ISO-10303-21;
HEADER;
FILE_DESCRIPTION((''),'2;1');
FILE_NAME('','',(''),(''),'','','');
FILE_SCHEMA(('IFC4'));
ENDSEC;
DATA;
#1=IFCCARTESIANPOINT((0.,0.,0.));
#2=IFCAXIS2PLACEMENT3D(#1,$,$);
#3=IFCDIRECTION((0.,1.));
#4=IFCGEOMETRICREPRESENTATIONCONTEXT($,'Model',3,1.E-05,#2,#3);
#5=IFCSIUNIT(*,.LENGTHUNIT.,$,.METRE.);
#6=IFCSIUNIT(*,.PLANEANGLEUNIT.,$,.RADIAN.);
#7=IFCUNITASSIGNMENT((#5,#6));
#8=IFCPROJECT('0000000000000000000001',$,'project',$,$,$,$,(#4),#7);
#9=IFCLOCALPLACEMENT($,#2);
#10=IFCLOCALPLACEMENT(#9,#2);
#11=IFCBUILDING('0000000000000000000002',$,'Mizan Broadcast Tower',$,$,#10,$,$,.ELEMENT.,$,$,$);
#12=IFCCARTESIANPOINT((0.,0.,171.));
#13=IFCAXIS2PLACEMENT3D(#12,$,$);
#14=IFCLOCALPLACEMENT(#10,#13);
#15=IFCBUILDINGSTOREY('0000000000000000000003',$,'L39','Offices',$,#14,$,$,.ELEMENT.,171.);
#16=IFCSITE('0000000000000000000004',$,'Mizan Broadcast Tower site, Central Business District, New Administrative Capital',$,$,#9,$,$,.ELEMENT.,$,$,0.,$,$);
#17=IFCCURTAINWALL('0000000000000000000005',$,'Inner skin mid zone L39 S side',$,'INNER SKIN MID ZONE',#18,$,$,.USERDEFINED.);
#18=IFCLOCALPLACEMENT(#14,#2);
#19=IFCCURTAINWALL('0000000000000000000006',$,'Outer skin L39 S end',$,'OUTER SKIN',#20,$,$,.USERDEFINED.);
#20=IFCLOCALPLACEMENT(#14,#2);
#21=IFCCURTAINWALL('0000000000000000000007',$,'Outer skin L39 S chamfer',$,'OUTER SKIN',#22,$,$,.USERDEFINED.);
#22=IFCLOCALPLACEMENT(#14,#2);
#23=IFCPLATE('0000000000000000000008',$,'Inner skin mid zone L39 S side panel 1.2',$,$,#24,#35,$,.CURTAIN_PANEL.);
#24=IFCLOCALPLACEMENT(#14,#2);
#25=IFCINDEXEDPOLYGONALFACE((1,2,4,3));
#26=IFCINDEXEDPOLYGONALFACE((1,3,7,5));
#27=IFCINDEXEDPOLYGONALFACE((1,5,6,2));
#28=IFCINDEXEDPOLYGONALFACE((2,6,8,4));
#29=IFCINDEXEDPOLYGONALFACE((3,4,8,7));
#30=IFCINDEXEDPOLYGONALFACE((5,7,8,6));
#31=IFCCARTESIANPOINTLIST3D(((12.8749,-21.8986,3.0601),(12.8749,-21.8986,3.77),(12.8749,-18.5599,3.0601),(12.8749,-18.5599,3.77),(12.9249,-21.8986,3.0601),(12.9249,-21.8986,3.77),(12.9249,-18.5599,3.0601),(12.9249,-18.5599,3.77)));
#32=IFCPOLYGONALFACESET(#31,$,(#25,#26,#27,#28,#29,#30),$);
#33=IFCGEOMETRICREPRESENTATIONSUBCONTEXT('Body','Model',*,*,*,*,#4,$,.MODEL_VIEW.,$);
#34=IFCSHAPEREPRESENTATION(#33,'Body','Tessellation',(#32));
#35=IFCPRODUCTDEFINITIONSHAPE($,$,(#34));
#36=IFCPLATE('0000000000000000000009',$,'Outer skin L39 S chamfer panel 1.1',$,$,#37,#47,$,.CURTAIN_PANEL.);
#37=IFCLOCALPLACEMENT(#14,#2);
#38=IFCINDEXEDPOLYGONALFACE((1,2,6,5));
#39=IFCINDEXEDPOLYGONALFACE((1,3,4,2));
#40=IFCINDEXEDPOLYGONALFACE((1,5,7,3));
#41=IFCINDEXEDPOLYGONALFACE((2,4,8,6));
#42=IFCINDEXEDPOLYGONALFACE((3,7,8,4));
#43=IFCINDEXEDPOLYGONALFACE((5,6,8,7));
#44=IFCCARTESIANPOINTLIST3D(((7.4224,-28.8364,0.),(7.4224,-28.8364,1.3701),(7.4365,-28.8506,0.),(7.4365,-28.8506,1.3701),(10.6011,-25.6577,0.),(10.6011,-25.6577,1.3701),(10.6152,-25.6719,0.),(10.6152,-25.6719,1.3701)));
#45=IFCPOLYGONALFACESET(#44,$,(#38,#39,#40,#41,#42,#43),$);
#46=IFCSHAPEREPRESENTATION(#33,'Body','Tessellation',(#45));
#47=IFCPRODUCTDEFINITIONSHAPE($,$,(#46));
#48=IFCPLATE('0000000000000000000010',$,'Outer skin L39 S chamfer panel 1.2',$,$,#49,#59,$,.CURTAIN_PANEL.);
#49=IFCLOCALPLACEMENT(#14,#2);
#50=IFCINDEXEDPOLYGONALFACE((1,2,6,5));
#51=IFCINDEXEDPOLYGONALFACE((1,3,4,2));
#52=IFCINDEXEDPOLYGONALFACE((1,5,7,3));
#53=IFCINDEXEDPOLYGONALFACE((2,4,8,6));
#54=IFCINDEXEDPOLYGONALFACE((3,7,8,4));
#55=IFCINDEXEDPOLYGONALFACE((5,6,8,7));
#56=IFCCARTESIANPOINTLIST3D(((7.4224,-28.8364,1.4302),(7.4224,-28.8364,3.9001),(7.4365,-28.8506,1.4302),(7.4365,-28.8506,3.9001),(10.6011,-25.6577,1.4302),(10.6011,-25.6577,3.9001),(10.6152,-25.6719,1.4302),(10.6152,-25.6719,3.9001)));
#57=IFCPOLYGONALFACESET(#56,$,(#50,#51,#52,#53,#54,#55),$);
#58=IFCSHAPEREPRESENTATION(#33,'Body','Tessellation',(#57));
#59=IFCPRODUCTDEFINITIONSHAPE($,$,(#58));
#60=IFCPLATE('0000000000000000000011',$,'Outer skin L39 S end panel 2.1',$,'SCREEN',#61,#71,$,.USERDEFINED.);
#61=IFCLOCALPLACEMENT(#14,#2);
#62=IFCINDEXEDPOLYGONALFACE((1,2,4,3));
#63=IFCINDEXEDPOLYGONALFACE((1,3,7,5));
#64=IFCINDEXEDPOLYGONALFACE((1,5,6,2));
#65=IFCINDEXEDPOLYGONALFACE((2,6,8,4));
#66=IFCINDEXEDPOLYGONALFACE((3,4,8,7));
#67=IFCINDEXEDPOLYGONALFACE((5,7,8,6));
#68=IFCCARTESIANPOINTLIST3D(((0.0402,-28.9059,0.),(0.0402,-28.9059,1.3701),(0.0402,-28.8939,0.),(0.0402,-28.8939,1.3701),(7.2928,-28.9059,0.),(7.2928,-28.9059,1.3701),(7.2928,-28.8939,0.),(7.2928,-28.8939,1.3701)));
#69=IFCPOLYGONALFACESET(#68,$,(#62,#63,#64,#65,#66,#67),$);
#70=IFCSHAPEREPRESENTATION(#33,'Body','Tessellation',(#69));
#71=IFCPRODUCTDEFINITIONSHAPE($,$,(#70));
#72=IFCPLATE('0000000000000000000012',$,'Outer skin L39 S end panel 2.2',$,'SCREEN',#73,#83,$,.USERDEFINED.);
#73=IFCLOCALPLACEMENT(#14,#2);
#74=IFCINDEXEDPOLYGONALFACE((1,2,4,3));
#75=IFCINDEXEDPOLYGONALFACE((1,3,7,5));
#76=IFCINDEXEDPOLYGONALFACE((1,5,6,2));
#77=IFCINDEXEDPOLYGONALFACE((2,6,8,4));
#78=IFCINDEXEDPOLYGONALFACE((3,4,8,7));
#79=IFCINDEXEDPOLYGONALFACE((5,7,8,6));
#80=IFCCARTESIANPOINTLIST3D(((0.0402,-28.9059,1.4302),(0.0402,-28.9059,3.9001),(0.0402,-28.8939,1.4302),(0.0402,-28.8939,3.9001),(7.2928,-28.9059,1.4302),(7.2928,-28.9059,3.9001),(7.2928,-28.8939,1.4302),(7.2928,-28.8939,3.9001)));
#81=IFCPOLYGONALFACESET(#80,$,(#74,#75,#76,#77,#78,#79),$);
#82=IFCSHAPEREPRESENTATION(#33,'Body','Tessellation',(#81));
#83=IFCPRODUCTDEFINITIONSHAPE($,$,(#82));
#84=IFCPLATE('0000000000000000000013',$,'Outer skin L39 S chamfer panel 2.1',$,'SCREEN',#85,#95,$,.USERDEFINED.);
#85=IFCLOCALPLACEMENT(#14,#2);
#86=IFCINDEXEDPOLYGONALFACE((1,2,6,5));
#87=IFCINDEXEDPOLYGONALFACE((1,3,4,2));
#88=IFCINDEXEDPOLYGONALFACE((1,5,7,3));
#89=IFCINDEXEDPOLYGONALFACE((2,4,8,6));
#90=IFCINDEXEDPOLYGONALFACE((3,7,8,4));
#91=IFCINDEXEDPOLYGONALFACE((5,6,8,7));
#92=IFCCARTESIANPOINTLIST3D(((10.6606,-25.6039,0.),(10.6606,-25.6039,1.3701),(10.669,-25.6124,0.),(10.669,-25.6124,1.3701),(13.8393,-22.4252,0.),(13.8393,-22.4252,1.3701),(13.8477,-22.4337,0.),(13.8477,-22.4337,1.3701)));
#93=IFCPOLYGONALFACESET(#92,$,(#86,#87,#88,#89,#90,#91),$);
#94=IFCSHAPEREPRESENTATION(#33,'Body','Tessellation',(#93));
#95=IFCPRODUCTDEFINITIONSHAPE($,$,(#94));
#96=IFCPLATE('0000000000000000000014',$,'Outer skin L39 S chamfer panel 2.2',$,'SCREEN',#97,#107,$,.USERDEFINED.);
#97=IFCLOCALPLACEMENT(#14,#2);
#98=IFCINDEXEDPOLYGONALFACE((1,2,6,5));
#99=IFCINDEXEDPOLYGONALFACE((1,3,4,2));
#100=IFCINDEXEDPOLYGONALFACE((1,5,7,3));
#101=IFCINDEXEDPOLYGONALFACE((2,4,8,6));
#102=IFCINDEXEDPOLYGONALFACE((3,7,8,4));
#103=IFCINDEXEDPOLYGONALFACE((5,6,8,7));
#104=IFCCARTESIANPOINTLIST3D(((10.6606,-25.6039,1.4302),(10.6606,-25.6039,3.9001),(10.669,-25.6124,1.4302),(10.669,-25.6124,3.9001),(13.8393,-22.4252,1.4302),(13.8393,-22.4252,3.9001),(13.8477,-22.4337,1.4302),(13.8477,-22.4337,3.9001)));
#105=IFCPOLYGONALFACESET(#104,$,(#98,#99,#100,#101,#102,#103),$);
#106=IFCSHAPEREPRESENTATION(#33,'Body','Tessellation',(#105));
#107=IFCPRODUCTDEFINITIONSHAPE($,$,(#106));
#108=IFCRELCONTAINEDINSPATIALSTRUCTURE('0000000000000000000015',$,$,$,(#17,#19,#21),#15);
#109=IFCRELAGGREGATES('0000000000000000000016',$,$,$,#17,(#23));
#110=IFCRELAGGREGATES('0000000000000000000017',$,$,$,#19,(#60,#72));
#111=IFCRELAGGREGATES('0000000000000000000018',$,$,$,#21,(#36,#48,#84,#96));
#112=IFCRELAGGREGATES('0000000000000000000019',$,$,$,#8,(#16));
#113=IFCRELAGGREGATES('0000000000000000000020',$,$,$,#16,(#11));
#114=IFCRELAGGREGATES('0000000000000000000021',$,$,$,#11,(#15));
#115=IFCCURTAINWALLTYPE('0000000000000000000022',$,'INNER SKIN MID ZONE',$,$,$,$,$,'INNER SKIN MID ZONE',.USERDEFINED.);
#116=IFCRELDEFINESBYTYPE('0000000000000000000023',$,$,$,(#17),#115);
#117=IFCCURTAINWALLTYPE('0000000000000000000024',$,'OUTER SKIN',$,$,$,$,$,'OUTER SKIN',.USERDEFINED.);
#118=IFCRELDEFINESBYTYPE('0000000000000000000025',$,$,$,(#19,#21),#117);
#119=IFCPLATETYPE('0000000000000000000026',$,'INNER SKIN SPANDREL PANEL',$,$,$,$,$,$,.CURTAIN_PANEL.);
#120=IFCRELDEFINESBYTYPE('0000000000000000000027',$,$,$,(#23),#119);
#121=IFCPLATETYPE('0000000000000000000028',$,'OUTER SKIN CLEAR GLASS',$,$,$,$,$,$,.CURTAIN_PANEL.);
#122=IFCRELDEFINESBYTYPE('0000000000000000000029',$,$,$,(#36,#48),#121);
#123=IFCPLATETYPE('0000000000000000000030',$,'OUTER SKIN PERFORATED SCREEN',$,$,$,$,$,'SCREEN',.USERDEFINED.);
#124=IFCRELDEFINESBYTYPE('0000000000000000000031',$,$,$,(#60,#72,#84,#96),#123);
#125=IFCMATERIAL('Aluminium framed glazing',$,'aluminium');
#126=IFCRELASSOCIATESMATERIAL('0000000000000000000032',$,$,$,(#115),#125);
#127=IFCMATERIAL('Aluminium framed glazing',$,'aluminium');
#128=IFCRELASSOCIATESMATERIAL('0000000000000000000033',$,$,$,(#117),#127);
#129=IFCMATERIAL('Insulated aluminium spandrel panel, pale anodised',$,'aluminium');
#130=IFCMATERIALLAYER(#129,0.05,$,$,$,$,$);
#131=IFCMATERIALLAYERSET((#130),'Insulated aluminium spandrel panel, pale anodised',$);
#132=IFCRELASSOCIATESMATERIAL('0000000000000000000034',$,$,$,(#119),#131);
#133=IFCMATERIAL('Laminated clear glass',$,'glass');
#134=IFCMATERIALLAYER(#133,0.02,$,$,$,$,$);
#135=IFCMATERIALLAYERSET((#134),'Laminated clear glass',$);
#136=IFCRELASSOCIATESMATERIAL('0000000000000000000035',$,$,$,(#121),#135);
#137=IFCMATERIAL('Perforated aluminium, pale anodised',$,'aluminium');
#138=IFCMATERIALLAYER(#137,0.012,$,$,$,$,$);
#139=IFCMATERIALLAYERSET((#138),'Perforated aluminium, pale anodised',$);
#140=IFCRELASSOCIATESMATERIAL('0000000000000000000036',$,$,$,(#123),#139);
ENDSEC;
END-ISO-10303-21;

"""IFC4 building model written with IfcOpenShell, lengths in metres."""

from ifc_helpers import new_model, si_unit, direction, frame, origin, origin_2d, place, context, subcontext, project, spatial, rectangle, extrude, material, layer, layer_set, type_object, element, aggregate, save


model = new_model("IFC4")

# Units and contexts
model_context = context("Model", 3, precision=1e-05, world=origin(), true_north=direction((0.0, 1.0)))
body_context = subcontext(model_context, "Body", "Model", "MODEL_VIEW")
ifc_project = project(units=[si_unit("LENGTHUNIT", "METRE"), si_unit("PLANEANGLEUNIT", "RADIAN")], contexts=[model_context])

# Site, building, storey
site_placement = place(None, origin())
site = spatial("IfcSite", under=ifc_project, at=site_placement, Name="Mizan Broadcast Tower site, Central Business District, New Administrative Capital", CompositionType="ELEMENT", RefElevation=0.0)
building_placement = place(site_placement, origin())
building = spatial("IfcBuilding", under=site, at=building_placement, Name="Mizan Broadcast Tower", CompositionType="ELEMENT")
storey_placement = place(building_placement, frame((0.0, 0.0, 171.0)))
storey = spatial("IfcBuildingStorey", under=building, at=storey_placement, Name="L39", Description="Offices", CompositionType="ELEMENT", Elevation=171.0)

# Shared definitions
ifc_material_1 = material(Name="Aluminium framed glazing", Category="aluminium")
curtain_wall_type_1 = type_object("IfcCurtainWallType", Name="INNER SKIN MID ZONE", ElementType="INNER SKIN MID ZONE", PredefinedType="USERDEFINED", material=ifc_material_1)

# Curtain wall
curtain_wall_1_placement = place(storey_placement, origin())
curtain_wall_1 = element("IfcCurtainWall", 1, at=curtain_wall_1_placement, inside=storey, type_object=curtain_wall_type_1, Name="Inner skin mid zone L39 S side", ObjectType="INNER SKIN MID ZONE", PredefinedType="USERDEFINED")

# Curtain wall
ifc_material_2 = material(Name="Aluminium framed glazing", Category="aluminium")
curtain_wall_type_2 = type_object("IfcCurtainWallType", Name="OUTER SKIN", ElementType="OUTER SKIN", PredefinedType="USERDEFINED", material=ifc_material_2)
curtain_wall_2_placement = place(storey_placement, origin())
curtain_wall_2 = element("IfcCurtainWall", 2, at=curtain_wall_2_placement, inside=storey, type_object=curtain_wall_type_2, Name="Outer skin L39 S end", ObjectType="OUTER SKIN", PredefinedType="USERDEFINED")

# Curtain wall
curtain_wall_3_placement = place(storey_placement, origin())
curtain_wall_3 = element("IfcCurtainWall", 3, at=curtain_wall_3_placement, inside=storey, type_object=curtain_wall_type_2, Name="Outer skin L39 S chamfer", ObjectType="OUTER SKIN", PredefinedType="USERDEFINED")

# Plates
ifc_material_3 = material(Name="Insulated aluminium spandrel panel, pale anodised", Category="aluminium")
ifc_layer_1 = layer(ifc_material_3, 0.05)
ifc_layer_set_1 = layer_set([ifc_layer_1], Name="Insulated aluminium spandrel panel, pale anodised")
plate_type_1 = type_object("IfcPlateType", Name="INNER SKIN SPANDREL PANEL", PredefinedType="CURTAIN_PANEL", material=ifc_layer_set_1)
plate_1_placement = place(storey_placement, frame((12.8999, -20.2292, 3.0601), z_axis=(0.0, 0.0, 1.0), x_axis=(0.0, 1.0, 0.0)))
plate_1 = element("IfcPlate", 4, at=plate_1_placement, type_object=plate_type_1, Name="Inner skin mid zone L39 S side panel 1.2", PredefinedType="CURTAIN_PANEL", context=body_context, shape_type="SweptSolid", body=[
    extrude(rectangle(XDim=3.3386, YDim=0.05, at=origin_2d()), origin(), (0.0, 0.0, 1.0), 0.71),
])
aggregate(curtain_wall_1, [plate_1])
ifc_material_4 = material(Name="Laminated clear glass", Category="glass")
ifc_layer_2 = layer(ifc_material_4, 0.02)
ifc_layer_set_2 = layer_set([ifc_layer_2], Name="Laminated clear glass")
plate_type_2 = type_object("IfcPlateType", Name="OUTER SKIN CLEAR GLASS", PredefinedType="CURTAIN_PANEL", material=ifc_layer_set_2)
plate_2_placement = place(storey_placement, frame((9.0188, -27.2542, 0.0), z_axis=(0.0, 0.0, 1.0), x_axis=(0.707107, 0.707107, 0.0)))
plate_2 = element("IfcPlate", 5, at=plate_2_placement, type_object=plate_type_2, Name="Outer skin L39 S chamfer panel 1.1", PredefinedType="CURTAIN_PANEL", context=body_context, shape_type="SweptSolid", body=[
    extrude(rectangle(XDim=4.4954, YDim=0.02, at=origin_2d()), origin(), (0.0, 0.0, 1.0), 1.3701),
])
plate_3_placement = place(storey_placement, frame((9.0188, -27.2542, 1.4302), z_axis=(0.0, 0.0, 1.0), x_axis=(0.707107, 0.707107, 0.0)))
plate_3 = element("IfcPlate", 6, at=plate_3_placement, type_object=plate_type_2, Name="Outer skin L39 S chamfer panel 1.2", PredefinedType="CURTAIN_PANEL", context=body_context, shape_type="SweptSolid", body=[
    extrude(rectangle(XDim=4.4954, YDim=0.02, at=origin_2d()), origin(), (0.0, 0.0, 1.0), 2.47),
])
ifc_material_5 = material(Name="Perforated aluminium, pale anodised", Category="aluminium")
ifc_layer_3 = layer(ifc_material_5, 0.012)
ifc_layer_set_3 = layer_set([ifc_layer_3], Name="Perforated aluminium, pale anodised")
plate_type_3 = type_object("IfcPlateType", Name="OUTER SKIN PERFORATED SCREEN", ElementType="SCREEN", PredefinedType="USERDEFINED", material=ifc_layer_set_3)
plate_4_placement = place(storey_placement, frame((3.6665, -28.8999, 0.0), z_axis=(0.0, 0.0, 1.0), x_axis=(1.0, 0.0, 0.0)))
plate_4 = element("IfcPlate", 7, at=plate_4_placement, type_object=plate_type_3, Name="Outer skin L39 S end panel 2.1", ObjectType="SCREEN", PredefinedType="USERDEFINED", context=body_context, shape_type="SweptSolid", body=[
    extrude(rectangle(XDim=7.2527, YDim=0.012, at=origin_2d()), origin(), (0.0, 0.0, 1.0), 1.3701),
])
plate_5_placement = place(storey_placement, frame((3.6665, -28.8999, 1.4302), z_axis=(0.0, 0.0, 1.0), x_axis=(1.0, 0.0, 0.0)))
plate_5 = element("IfcPlate", 8, at=plate_5_placement, type_object=plate_type_3, Name="Outer skin L39 S end panel 2.2", ObjectType="SCREEN", PredefinedType="USERDEFINED", context=body_context, shape_type="SweptSolid", body=[
    extrude(rectangle(XDim=7.2527, YDim=0.012, at=origin_2d()), origin(), (0.0, 0.0, 1.0), 2.47),
])
aggregate(curtain_wall_2, [plate_4, plate_5])
plate_6_placement = place(storey_placement, frame((12.2542, -24.0188, 0.0), z_axis=(0.0, 0.0, 1.0), x_axis=(0.707107, 0.707107, 0.0)))
plate_6 = element("IfcPlate", 9, at=plate_6_placement, type_object=plate_type_3, Name="Outer skin L39 S chamfer panel 2.1", ObjectType="SCREEN", PredefinedType="USERDEFINED", context=body_context, shape_type="SweptSolid", body=[
    extrude(rectangle(XDim=4.4954, YDim=0.012, at=origin_2d()), origin(), (0.0, 0.0, 1.0), 1.3701),
])
plate_7_placement = place(storey_placement, frame((12.2542, -24.0188, 1.4302), z_axis=(0.0, 0.0, 1.0), x_axis=(0.707107, 0.707107, 0.0)))
plate_7 = element("IfcPlate", 10, at=plate_7_placement, type_object=plate_type_3, Name="Outer skin L39 S chamfer panel 2.2", ObjectType="SCREEN", PredefinedType="USERDEFINED", context=body_context, shape_type="SweptSolid", body=[
    extrude(rectangle(XDim=4.4954, YDim=0.012, at=origin_2d()), origin(), (0.0, 0.0, 1.0), 2.47),
])
aggregate(curtain_wall_3, [plate_2, plate_3, plate_6, plate_7])

save(model, "model.ifc")
